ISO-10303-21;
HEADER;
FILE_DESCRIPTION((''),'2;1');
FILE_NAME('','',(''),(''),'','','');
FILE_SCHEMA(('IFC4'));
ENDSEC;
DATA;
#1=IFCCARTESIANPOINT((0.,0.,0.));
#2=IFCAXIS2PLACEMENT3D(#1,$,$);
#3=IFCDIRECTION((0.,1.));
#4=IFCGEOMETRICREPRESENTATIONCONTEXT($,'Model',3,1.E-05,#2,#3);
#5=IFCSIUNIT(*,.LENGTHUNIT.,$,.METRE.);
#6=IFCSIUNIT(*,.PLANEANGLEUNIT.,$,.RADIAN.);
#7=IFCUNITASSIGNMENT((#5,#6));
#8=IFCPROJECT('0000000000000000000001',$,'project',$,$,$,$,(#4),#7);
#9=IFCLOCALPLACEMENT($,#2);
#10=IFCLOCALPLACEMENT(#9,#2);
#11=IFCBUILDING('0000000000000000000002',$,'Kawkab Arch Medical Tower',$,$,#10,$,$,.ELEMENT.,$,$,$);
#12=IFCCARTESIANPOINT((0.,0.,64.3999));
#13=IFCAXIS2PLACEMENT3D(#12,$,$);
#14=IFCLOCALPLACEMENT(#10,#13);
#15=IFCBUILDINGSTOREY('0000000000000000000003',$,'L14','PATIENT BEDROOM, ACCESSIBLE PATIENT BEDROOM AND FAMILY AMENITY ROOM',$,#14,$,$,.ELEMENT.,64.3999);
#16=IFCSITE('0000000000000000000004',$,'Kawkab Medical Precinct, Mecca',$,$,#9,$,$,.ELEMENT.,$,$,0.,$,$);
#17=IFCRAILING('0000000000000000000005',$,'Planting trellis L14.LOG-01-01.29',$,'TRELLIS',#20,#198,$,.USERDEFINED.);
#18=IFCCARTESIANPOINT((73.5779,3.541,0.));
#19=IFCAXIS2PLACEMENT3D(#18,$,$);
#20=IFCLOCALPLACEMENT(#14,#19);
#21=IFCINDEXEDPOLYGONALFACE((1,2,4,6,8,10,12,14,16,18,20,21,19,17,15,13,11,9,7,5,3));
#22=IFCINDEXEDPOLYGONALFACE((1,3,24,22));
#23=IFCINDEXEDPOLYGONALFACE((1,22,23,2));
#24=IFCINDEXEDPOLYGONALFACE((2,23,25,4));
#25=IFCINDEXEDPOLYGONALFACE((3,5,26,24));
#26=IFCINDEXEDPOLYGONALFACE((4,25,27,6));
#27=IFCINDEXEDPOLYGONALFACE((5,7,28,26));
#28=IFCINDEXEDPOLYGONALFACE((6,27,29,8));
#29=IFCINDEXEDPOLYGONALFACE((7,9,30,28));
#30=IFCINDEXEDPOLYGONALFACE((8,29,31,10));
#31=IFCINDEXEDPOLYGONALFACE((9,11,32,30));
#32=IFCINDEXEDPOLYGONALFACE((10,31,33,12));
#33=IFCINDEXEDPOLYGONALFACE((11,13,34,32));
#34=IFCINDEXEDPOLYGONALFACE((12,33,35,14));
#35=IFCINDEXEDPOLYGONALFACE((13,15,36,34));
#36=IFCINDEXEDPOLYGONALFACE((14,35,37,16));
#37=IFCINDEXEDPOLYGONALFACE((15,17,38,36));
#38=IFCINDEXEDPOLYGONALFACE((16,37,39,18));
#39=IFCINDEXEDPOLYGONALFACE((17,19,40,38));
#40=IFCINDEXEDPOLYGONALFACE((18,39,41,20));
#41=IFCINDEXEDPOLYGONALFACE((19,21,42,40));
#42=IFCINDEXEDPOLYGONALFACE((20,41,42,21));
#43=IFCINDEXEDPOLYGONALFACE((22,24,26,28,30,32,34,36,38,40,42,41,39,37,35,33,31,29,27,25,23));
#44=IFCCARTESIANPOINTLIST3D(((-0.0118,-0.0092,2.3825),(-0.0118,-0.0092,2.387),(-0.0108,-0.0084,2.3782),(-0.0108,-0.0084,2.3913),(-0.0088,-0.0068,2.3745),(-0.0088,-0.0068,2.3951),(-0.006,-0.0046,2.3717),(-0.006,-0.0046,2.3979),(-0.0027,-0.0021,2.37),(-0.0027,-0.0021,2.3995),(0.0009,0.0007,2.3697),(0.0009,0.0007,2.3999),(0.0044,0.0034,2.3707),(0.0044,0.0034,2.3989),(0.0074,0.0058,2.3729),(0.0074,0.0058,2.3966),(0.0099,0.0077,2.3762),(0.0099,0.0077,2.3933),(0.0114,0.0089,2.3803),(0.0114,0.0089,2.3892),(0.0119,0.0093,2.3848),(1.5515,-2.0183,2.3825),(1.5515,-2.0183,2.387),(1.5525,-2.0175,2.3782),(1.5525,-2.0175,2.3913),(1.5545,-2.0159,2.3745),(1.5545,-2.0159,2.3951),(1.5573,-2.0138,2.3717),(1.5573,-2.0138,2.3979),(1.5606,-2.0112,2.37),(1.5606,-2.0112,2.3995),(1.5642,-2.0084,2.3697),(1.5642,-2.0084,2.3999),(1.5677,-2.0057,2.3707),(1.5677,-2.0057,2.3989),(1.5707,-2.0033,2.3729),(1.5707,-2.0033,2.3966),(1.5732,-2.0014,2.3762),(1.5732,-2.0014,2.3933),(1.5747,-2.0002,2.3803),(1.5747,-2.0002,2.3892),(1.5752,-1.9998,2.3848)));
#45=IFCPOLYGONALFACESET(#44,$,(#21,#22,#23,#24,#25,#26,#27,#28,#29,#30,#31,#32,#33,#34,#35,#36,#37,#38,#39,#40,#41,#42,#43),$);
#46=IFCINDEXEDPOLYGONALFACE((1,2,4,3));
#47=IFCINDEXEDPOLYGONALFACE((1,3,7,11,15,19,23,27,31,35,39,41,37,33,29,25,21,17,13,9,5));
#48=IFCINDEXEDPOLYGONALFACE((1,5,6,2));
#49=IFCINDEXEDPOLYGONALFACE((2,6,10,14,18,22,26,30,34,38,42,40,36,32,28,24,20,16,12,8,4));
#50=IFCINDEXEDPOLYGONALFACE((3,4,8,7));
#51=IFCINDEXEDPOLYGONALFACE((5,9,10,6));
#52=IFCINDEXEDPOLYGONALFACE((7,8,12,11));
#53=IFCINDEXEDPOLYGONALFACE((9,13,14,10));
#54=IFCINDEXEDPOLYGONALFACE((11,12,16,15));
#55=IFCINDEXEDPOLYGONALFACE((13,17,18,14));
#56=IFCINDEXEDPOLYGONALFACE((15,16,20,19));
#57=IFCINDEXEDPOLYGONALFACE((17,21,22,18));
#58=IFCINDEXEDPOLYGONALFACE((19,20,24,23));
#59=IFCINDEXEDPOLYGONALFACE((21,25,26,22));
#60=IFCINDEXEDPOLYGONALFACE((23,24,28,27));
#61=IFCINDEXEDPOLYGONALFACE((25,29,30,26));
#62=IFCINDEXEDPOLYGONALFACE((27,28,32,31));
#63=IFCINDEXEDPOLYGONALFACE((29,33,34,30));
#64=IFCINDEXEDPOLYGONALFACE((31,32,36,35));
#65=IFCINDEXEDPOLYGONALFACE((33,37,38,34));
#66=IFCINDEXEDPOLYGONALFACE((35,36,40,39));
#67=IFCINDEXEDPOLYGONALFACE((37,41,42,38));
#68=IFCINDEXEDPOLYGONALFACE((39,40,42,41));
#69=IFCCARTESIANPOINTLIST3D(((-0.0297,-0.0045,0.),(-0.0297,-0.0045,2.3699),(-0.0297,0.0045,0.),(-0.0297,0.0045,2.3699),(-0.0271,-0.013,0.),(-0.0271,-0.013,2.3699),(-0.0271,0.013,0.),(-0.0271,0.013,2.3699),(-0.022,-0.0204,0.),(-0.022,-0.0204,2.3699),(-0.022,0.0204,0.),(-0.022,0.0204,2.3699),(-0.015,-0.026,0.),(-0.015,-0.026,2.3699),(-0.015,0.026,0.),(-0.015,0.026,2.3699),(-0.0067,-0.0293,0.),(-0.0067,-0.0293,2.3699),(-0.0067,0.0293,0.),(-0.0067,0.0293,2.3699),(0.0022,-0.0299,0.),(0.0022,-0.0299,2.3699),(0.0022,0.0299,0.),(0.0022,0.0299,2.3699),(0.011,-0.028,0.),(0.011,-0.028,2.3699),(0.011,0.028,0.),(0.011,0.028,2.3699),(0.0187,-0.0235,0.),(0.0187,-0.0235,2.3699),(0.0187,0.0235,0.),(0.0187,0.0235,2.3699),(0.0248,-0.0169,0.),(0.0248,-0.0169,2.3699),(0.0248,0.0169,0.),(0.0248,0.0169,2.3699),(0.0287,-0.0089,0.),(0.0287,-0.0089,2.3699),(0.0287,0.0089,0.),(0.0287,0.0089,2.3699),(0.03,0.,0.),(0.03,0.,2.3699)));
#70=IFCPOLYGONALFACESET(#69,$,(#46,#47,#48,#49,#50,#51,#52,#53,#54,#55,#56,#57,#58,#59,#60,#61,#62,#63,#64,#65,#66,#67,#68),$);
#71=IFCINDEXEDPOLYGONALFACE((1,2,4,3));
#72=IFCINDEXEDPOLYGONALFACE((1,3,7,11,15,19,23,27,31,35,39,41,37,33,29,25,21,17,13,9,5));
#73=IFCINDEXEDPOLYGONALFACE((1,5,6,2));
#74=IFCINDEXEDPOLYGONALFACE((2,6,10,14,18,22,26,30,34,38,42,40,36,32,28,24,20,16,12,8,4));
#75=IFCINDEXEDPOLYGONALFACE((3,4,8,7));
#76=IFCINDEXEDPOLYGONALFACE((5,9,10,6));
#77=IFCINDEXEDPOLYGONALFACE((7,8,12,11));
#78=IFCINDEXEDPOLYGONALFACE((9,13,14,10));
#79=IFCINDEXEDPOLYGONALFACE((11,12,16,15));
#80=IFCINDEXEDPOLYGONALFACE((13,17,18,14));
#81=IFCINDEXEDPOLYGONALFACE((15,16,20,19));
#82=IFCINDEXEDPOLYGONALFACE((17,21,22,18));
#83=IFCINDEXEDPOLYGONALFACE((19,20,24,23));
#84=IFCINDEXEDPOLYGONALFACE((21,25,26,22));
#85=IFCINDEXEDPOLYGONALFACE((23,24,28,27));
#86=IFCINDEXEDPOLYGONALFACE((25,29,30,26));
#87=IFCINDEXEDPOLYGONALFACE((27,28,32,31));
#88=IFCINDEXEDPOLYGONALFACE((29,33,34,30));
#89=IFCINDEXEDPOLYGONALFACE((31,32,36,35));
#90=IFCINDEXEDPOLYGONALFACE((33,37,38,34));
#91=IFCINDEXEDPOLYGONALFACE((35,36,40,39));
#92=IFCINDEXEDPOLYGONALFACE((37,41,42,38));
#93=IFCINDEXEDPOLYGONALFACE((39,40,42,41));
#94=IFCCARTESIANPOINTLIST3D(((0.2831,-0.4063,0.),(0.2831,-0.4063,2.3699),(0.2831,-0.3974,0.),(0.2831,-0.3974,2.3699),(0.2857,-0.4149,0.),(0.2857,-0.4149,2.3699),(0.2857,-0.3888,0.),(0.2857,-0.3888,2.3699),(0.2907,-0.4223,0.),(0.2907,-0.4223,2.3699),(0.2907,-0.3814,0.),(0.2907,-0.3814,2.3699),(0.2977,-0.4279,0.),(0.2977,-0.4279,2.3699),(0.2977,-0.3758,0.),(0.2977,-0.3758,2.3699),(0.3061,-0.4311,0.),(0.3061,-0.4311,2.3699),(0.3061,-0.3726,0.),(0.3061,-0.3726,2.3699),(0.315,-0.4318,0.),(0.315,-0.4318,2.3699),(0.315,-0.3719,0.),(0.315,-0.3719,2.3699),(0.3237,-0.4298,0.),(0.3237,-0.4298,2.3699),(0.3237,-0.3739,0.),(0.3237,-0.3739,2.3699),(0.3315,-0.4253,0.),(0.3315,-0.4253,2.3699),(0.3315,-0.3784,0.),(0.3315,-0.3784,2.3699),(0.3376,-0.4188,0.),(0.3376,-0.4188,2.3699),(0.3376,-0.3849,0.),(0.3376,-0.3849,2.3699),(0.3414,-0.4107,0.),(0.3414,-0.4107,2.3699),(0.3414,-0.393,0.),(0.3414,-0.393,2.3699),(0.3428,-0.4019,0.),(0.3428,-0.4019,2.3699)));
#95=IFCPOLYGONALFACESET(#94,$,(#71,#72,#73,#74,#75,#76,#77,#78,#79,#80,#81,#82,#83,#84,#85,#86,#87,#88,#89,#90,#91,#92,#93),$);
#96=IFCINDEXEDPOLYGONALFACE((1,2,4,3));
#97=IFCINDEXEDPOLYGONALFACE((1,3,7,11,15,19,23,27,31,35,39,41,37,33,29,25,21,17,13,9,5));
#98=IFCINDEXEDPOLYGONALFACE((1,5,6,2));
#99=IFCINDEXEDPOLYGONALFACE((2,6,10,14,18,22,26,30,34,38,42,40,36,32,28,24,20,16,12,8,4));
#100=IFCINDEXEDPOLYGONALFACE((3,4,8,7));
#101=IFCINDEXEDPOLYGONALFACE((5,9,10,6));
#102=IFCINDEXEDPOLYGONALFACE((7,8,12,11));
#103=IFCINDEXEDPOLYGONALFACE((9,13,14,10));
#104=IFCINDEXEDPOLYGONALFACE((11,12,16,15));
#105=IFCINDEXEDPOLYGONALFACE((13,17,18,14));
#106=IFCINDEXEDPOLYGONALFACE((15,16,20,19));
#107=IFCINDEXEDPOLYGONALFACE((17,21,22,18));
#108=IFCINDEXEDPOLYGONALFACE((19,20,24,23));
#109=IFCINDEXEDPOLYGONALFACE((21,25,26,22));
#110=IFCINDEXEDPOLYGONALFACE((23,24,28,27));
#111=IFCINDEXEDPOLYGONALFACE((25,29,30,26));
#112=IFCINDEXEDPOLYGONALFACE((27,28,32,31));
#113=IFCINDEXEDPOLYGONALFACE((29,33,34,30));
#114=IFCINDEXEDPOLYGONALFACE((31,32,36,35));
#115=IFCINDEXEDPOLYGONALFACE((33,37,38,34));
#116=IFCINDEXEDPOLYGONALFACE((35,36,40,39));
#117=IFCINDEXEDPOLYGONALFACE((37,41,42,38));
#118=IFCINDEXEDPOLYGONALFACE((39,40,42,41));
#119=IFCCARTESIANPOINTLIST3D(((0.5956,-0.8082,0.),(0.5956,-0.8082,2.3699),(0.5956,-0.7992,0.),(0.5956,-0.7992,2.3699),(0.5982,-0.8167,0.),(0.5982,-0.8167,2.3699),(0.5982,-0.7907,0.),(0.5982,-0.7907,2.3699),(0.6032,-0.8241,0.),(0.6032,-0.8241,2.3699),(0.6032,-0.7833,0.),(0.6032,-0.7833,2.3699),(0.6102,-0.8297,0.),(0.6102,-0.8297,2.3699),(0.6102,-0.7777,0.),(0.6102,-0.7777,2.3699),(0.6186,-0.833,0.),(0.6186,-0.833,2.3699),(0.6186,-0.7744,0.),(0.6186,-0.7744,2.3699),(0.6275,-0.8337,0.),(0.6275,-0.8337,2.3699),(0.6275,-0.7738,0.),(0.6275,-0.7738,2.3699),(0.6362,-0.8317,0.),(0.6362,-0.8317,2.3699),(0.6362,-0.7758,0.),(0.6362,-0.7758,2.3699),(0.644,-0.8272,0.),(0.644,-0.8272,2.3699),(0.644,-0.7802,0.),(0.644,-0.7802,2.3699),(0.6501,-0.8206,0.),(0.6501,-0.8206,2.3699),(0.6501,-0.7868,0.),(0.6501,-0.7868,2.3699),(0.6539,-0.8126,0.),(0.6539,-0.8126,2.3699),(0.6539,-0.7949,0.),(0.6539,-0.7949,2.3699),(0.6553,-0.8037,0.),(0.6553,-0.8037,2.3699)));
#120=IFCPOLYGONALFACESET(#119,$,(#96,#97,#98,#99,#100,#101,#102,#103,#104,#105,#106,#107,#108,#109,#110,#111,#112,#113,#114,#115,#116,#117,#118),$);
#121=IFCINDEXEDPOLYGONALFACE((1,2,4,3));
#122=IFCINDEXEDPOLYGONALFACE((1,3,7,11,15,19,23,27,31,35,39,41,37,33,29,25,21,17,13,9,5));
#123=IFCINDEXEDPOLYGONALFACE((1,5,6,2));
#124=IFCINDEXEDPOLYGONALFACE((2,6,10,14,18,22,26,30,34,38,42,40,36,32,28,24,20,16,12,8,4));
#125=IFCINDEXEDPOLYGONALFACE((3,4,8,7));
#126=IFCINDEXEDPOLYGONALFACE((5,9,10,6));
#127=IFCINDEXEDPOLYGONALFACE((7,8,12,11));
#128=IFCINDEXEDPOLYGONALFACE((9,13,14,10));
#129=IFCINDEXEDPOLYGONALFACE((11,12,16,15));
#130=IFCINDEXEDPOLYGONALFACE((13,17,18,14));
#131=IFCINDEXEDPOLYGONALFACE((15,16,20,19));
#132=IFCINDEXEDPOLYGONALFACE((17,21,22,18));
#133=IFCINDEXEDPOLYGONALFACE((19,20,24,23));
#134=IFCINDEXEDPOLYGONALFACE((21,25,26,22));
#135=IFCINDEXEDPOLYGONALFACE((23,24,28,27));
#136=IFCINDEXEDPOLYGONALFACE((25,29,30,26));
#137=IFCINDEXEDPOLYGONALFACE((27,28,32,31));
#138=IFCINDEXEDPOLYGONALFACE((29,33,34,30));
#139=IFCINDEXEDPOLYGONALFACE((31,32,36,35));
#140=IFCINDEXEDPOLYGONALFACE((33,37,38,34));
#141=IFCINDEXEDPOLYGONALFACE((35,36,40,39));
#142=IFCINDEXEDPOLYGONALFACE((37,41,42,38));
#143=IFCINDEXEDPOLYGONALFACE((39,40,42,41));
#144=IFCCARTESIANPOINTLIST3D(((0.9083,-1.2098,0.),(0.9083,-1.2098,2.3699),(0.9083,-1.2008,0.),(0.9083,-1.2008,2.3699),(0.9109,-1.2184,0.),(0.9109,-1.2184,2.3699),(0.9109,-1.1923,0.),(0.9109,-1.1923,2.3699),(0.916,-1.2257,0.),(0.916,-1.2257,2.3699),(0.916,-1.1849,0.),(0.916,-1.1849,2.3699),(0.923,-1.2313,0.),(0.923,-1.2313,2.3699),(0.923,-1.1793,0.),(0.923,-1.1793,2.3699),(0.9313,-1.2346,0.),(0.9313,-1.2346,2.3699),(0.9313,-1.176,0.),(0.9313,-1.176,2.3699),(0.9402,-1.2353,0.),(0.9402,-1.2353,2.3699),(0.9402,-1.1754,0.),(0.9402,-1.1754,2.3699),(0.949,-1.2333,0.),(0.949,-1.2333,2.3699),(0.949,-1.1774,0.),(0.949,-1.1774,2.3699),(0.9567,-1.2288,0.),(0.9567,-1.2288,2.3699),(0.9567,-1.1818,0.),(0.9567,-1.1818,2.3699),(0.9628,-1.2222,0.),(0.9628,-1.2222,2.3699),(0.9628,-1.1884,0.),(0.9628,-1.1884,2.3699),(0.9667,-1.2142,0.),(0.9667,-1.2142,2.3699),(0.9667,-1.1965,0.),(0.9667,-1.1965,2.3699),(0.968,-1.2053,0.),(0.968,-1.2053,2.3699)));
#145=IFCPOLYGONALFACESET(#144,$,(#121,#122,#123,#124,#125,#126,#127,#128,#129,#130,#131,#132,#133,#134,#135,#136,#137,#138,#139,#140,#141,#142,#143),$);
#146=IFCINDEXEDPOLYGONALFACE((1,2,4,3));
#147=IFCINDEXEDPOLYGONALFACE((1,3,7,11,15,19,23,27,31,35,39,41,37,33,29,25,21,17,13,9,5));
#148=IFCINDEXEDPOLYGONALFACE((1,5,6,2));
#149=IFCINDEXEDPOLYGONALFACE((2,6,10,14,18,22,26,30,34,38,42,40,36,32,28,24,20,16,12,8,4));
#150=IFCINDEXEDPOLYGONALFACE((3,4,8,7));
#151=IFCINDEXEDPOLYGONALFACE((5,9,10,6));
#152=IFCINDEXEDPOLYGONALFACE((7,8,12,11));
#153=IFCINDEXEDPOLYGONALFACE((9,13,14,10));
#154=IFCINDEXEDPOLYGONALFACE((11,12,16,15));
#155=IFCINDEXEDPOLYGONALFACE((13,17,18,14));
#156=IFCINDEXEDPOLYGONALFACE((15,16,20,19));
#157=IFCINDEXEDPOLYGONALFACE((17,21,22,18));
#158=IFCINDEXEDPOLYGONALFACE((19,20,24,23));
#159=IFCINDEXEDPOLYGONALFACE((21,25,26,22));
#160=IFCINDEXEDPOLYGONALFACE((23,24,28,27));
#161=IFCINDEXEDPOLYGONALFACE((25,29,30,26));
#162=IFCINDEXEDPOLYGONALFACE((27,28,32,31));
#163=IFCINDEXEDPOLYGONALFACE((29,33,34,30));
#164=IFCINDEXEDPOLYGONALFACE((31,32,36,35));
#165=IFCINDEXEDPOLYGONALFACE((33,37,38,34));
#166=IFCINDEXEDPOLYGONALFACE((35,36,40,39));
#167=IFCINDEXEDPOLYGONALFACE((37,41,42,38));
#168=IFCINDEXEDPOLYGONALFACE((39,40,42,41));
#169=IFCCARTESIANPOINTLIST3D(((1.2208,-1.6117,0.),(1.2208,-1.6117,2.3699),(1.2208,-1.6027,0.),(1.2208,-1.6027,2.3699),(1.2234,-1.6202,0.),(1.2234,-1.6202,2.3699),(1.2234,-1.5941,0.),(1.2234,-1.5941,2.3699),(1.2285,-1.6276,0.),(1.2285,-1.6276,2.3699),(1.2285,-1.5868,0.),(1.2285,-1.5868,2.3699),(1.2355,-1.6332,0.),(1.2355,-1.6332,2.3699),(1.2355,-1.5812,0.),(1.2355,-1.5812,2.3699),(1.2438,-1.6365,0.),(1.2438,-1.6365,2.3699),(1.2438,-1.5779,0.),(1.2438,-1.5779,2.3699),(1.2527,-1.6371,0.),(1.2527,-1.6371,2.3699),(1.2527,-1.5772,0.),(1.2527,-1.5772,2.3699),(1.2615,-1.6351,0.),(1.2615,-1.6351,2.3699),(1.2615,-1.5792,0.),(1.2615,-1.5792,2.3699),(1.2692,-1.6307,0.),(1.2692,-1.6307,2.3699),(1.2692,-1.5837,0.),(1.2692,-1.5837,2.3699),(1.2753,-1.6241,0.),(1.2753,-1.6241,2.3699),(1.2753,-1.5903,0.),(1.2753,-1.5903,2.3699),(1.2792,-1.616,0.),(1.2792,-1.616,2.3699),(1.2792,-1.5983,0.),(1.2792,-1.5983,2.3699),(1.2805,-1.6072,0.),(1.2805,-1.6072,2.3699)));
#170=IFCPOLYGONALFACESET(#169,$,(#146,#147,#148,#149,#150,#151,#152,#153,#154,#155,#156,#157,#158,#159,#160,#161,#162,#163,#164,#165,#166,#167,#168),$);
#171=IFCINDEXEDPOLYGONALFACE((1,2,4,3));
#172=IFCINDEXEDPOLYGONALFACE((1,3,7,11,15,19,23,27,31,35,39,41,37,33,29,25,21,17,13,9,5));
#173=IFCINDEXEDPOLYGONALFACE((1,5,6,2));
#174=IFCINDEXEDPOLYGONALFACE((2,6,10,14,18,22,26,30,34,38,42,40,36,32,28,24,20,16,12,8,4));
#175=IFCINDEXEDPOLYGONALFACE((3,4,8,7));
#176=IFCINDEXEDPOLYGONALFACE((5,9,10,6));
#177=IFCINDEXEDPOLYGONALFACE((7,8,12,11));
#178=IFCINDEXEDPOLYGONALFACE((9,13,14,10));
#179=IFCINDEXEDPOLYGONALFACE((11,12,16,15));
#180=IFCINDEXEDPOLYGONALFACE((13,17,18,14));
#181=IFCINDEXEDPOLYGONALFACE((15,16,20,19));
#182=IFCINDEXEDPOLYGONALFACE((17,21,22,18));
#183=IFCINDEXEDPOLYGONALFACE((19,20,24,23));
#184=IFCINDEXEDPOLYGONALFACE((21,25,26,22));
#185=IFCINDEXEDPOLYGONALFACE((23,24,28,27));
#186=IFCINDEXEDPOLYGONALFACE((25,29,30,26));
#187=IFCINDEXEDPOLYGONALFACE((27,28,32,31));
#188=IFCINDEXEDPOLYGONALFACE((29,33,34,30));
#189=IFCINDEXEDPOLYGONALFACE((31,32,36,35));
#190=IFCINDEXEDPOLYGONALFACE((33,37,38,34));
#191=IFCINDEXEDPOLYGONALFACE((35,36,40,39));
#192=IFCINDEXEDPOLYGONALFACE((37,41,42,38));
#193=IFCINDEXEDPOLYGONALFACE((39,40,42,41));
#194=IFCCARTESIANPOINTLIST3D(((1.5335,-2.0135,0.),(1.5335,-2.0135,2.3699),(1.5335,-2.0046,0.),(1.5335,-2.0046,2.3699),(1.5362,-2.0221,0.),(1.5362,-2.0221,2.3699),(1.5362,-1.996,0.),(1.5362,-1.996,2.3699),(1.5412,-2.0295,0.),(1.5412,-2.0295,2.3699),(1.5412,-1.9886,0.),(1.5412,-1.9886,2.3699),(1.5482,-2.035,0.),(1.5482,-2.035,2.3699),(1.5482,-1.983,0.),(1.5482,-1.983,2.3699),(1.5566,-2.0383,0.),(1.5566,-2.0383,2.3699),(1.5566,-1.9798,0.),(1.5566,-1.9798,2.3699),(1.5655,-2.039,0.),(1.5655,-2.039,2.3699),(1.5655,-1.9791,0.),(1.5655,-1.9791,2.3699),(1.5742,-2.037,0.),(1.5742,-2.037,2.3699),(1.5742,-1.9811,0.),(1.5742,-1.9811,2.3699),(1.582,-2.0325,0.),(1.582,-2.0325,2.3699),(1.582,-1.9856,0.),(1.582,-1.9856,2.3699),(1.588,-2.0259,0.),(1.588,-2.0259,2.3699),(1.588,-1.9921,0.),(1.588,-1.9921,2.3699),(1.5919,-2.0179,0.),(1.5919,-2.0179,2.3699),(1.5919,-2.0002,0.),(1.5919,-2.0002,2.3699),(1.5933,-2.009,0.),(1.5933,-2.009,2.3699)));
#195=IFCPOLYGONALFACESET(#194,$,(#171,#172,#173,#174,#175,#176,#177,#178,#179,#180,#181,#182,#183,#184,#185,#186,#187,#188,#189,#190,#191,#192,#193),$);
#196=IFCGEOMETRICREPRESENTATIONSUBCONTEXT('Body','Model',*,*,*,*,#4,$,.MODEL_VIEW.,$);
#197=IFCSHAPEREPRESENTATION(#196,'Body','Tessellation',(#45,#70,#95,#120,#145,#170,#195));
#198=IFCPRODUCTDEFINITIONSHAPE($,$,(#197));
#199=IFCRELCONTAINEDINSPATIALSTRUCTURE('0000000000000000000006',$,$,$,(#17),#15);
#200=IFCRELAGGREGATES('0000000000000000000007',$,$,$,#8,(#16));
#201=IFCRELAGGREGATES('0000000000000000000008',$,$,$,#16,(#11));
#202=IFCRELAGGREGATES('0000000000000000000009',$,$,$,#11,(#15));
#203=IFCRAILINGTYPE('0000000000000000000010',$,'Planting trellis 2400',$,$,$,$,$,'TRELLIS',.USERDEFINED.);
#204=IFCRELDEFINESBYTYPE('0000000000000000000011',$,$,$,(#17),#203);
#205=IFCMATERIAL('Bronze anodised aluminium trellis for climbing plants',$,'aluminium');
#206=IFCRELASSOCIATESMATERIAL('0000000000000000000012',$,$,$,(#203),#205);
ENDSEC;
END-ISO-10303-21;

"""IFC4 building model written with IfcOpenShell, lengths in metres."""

from ifc_helpers import new_model, si_unit, direction, frame, origin, origin_2d, place, context, subcontext, project, spatial, circle, extrude, material, type_object, element, save


model = new_model("IFC4")

# Units and contexts
model_context = context("Model", 3, precision=1e-05, world=origin(), true_north=direction((0.0, 1.0)))
body_context = subcontext(model_context, "Body", "Model", "MODEL_VIEW")
ifc_project = project(units=[si_unit("LENGTHUNIT", "METRE"), si_unit("PLANEANGLEUNIT", "RADIAN")], contexts=[model_context])

# Site, building, storey
site_placement = place(None, origin())
site = spatial("IfcSite", under=ifc_project, at=site_placement, Name="Kawkab Medical Precinct, Mecca", CompositionType="ELEMENT", RefElevation=0.0)
building_placement = place(site_placement, origin())
building = spatial("IfcBuilding", under=site, at=building_placement, Name="Kawkab Arch Medical Tower", CompositionType="ELEMENT")
storey_placement = place(building_placement, frame((0.0, 0.0, 64.3999)))
storey = spatial("IfcBuildingStorey", under=building, at=storey_placement, Name="L14", Description="PATIENT BEDROOM, ACCESSIBLE PATIENT BEDROOM AND FAMILY AMENITY ROOM", CompositionType="ELEMENT", Elevation=64.3999)

# Railing
ifc_material_1 = material(Name="Bronze anodised aluminium trellis for climbing plants", Category="aluminium")
railing_type = type_object("IfcRailingType", Name="Planting trellis 2400", ElementType="TRELLIS", PredefinedType="USERDEFINED", material=ifc_material_1)
railing_1_placement = place(storey_placement, frame((73.5779, 3.541, 0.0)))
element("IfcRailing", 1, at=railing_1_placement, inside=storey, type_object=railing_type, Name="Planting trellis L14.LOG-01-01.29", ObjectType="TRELLIS", PredefinedType="USERDEFINED", context=body_context, shape_type="SweptSolid", body=[
    extrude(circle(Radius=0.0151, at=origin_2d()), frame((0.0, 0.0, 2.3848), z_axis=(0.6141, -0.789228, 0.0), x_axis=(0.789228, 0.6141, 0.0)), (0.0, 0.0, 1.0), 2.5457),
    extrude(circle(Radius=0.03, at=origin_2d()), origin(), (0.0, 0.0, 1.0), 2.3699),
    extrude(circle(Radius=0.03, at=origin_2d()), frame((0.3127, -0.4019, 0.0)), (0.0, 0.0, 1.0), 2.3699),
    extrude(circle(Radius=0.03, at=origin_2d()), frame((0.6252, -0.8037, 0.0)), (0.0, 0.0, 1.0), 2.3699),
    extrude(circle(Radius=0.03, at=origin_2d()), frame((0.938, -1.2053, 0.0)), (0.0, 0.0, 1.0), 2.3699),
    extrude(circle(Radius=0.03, at=origin_2d()), frame((1.2505, -1.6072, 0.0)), (0.0, 0.0, 1.0), 2.3699),
    extrude(circle(Radius=0.03, at=origin_2d()), frame((1.5632, -2.009, 0.0)), (0.0, 0.0, 1.0), 2.3699),
])

save(model, "model.ifc")
